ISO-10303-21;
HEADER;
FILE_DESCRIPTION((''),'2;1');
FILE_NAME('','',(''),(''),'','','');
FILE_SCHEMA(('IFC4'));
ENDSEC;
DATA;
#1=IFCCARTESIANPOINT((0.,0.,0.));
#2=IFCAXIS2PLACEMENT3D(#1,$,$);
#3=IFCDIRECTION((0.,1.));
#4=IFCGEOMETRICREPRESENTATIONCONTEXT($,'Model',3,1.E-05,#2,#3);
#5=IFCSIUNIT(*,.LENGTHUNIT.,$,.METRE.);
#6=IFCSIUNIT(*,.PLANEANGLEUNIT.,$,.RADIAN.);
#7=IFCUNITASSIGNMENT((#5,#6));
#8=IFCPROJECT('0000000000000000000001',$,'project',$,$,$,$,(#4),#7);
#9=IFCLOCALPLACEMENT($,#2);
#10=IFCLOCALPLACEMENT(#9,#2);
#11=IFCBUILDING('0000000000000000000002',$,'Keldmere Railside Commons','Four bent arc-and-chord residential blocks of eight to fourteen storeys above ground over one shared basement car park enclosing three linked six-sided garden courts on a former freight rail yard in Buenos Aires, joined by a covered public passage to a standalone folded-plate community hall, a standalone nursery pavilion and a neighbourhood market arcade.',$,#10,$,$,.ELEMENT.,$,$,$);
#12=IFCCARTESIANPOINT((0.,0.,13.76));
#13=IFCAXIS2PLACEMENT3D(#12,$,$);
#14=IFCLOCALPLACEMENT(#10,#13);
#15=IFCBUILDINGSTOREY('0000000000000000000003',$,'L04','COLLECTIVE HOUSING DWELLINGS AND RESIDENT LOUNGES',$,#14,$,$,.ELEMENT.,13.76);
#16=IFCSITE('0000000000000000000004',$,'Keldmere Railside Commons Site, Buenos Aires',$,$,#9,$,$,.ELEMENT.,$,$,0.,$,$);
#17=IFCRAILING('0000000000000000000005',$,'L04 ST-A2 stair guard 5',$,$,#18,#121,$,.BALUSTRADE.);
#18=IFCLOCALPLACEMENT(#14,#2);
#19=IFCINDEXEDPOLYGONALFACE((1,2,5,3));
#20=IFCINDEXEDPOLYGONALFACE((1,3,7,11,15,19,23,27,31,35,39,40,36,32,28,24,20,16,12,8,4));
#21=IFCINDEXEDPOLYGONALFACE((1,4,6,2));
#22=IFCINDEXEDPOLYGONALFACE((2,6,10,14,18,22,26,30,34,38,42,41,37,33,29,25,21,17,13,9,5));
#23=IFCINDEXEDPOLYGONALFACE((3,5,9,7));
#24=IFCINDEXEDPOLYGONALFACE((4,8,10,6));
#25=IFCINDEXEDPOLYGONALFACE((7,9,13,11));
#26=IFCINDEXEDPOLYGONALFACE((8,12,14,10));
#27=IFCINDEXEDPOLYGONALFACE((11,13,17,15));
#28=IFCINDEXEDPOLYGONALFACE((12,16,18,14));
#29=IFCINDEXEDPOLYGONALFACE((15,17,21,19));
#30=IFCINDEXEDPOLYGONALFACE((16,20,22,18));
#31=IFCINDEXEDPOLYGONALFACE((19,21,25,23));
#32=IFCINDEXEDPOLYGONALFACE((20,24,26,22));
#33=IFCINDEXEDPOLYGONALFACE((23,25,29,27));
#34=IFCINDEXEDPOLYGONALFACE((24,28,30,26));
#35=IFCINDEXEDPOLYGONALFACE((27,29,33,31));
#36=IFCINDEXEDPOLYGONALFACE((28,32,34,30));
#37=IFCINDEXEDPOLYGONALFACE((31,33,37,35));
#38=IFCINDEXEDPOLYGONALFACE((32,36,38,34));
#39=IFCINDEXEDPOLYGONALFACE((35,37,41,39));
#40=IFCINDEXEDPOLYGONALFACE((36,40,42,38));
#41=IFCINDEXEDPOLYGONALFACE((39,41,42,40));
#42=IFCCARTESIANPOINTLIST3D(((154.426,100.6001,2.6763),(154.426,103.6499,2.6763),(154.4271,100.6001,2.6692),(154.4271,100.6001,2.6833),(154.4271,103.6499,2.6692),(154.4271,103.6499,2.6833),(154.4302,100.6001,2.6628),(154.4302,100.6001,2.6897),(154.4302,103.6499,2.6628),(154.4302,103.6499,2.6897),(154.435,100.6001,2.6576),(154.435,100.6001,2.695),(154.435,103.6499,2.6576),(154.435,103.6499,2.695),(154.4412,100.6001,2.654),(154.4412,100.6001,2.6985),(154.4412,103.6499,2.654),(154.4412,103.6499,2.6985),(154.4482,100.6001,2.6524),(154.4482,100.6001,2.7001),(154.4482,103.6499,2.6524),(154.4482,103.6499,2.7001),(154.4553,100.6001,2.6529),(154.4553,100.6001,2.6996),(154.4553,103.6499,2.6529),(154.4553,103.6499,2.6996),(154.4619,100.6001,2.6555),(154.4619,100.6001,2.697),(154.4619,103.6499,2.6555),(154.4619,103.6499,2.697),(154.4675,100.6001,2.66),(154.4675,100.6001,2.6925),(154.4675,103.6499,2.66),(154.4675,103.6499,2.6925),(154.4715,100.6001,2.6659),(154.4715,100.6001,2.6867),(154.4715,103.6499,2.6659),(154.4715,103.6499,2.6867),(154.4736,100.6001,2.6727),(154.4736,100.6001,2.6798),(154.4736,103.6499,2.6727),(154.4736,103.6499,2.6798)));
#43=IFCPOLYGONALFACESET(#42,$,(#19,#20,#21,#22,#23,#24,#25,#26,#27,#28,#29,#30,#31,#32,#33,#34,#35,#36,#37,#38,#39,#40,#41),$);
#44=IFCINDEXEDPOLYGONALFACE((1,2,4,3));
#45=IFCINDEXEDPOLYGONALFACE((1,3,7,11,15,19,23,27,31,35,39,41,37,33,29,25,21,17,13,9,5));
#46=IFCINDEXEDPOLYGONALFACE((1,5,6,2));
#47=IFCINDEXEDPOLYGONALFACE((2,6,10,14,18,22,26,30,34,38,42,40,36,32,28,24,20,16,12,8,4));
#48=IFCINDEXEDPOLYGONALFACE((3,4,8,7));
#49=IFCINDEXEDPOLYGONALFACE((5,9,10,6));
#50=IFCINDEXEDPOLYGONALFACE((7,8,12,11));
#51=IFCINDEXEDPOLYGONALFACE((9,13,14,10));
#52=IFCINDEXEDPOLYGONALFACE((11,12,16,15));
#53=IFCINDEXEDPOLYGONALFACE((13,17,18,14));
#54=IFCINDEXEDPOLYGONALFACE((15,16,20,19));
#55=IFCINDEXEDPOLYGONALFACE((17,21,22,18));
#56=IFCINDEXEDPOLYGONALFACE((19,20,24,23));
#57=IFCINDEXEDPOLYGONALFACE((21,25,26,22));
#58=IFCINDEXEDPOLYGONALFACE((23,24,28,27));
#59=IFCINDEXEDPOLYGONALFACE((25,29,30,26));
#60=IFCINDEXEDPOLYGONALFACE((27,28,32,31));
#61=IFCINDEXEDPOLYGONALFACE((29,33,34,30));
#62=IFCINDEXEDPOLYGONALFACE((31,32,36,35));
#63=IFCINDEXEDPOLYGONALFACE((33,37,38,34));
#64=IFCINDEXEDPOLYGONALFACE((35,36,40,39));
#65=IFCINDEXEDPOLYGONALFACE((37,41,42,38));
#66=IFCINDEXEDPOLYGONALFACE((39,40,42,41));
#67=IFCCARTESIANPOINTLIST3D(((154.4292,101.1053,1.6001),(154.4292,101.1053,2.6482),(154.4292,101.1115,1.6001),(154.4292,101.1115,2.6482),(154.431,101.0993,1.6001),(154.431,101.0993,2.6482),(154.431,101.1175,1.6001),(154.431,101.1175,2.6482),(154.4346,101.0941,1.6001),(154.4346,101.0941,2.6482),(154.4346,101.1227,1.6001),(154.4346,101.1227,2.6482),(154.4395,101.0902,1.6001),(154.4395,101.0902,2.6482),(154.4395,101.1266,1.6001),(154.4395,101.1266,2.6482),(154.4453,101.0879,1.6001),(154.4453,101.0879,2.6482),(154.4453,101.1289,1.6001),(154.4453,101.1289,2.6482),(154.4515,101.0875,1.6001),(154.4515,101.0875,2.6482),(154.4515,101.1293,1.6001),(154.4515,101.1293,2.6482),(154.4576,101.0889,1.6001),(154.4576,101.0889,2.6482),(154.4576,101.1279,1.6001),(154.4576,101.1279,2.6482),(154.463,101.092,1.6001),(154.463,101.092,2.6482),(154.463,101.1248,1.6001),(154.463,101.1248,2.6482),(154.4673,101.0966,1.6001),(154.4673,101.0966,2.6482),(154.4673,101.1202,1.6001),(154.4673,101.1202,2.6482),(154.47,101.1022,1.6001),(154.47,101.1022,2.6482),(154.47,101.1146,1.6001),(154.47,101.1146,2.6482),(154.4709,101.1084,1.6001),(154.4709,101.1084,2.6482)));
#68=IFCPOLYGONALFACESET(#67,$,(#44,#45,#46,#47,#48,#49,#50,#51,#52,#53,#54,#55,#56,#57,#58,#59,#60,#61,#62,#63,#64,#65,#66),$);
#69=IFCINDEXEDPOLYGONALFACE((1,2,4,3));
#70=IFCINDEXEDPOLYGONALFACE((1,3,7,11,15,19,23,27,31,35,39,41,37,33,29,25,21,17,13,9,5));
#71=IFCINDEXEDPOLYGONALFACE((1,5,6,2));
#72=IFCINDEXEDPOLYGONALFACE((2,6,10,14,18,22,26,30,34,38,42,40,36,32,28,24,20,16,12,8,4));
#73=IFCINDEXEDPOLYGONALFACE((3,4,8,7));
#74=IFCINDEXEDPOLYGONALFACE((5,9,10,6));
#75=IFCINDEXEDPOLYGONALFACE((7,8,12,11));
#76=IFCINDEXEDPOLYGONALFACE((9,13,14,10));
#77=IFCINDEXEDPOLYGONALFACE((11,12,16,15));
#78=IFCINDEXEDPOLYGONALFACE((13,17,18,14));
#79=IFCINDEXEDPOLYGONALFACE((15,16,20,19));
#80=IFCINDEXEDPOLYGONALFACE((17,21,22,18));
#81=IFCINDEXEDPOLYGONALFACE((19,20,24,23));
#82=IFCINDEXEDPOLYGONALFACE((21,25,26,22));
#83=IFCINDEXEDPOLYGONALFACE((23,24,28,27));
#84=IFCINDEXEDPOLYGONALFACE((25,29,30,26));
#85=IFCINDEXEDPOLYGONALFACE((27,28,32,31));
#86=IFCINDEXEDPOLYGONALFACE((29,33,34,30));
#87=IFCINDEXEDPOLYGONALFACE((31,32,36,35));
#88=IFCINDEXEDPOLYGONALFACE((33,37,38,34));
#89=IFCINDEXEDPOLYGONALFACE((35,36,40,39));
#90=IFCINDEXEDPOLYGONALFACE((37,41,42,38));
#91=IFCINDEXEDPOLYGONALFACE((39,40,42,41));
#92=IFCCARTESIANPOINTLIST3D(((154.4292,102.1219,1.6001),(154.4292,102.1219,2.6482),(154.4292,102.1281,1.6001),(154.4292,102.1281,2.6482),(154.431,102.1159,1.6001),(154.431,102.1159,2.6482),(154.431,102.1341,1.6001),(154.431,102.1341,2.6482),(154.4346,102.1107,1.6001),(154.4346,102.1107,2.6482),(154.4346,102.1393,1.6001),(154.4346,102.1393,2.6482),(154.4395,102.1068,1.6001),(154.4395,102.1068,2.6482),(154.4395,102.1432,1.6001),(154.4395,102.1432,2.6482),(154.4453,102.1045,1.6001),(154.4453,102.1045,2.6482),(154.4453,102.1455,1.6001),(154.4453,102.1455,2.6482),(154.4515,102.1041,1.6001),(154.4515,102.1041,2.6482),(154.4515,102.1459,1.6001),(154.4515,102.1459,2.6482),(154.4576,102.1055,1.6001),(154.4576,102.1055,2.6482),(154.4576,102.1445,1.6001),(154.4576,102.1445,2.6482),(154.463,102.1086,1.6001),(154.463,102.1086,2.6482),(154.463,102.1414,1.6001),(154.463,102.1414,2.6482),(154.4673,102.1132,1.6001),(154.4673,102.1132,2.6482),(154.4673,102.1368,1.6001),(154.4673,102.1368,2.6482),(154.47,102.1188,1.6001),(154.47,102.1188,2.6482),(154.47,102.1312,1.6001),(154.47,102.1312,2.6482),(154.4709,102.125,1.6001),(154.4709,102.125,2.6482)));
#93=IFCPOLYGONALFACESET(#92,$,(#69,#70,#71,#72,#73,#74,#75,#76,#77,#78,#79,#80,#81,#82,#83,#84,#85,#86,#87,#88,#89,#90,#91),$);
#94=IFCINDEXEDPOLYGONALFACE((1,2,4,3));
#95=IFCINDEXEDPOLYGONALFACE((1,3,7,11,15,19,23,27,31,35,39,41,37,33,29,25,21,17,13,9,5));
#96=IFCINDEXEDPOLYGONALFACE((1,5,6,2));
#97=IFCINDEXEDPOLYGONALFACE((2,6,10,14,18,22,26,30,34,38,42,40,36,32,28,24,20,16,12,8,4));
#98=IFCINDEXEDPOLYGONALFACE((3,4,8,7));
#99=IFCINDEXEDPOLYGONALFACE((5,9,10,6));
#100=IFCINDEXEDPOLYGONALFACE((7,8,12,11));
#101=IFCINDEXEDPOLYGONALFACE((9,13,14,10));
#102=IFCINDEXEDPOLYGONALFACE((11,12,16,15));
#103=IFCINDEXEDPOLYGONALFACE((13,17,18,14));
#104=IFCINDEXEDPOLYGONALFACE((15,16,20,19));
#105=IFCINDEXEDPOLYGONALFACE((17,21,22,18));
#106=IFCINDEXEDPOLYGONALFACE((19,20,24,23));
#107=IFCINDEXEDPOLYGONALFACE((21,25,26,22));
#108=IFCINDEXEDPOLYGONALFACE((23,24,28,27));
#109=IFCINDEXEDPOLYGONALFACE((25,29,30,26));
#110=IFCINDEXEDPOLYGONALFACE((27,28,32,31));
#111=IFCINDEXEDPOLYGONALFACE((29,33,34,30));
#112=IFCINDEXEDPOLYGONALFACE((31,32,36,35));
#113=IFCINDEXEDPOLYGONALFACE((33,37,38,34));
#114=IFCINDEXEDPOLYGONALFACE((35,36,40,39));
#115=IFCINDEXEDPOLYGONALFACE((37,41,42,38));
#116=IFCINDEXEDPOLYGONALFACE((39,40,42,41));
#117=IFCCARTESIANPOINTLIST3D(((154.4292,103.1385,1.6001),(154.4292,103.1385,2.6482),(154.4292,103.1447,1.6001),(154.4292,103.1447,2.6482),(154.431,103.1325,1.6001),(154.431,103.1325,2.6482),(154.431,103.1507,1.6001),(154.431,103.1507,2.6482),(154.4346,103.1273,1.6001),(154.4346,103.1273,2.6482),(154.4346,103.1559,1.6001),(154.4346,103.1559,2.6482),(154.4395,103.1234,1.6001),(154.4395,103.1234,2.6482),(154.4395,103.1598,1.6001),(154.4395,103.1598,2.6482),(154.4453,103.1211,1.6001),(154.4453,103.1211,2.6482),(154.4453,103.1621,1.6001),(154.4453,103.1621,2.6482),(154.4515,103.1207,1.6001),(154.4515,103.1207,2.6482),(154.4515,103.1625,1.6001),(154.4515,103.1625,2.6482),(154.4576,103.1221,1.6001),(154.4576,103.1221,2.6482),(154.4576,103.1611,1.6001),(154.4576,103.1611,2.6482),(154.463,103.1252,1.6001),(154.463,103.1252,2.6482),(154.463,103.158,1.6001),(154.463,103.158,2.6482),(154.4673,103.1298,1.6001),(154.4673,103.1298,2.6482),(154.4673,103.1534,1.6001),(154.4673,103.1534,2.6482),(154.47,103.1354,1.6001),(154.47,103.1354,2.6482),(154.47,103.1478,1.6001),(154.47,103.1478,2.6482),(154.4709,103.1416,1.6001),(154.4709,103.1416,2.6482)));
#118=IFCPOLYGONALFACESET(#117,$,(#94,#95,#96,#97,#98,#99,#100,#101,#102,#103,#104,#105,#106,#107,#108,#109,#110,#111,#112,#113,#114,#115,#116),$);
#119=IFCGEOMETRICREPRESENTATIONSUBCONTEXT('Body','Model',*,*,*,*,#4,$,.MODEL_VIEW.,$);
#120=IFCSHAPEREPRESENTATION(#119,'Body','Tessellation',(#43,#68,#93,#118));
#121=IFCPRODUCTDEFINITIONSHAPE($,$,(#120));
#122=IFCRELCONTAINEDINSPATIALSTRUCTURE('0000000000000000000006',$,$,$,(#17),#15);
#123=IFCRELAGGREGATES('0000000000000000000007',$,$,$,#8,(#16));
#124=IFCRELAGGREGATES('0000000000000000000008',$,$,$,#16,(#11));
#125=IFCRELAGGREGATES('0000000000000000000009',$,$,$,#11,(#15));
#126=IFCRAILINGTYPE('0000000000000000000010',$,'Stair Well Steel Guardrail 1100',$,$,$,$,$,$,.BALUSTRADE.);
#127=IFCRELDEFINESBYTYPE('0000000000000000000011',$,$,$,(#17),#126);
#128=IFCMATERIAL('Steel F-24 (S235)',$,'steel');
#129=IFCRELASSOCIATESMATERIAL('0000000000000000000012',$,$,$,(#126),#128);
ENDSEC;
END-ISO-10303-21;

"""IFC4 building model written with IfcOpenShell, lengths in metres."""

from ifc_helpers import new_model, si_unit, direction, frame, origin, origin_2d, place, context, subcontext, project, spatial, circle, extrude, material, type_object, element, save


model = new_model("IFC4")

# Units and contexts
model_context = context("Model", 3, precision=1e-05, world=origin(), true_north=direction((0.0, 1.0)))
body_context = subcontext(model_context, "Body", "Model", "MODEL_VIEW")
ifc_project = project(units=[si_unit("LENGTHUNIT", "METRE"), si_unit("PLANEANGLEUNIT", "RADIAN")], contexts=[model_context])

# Site, building, storey
site_placement = place(None, origin())
site = spatial("IfcSite", under=ifc_project, at=site_placement, Name="Keldmere Railside Commons Site, Buenos Aires", CompositionType="ELEMENT", RefElevation=0.0)
building_placement = place(site_placement, origin())
building = spatial("IfcBuilding", under=site, at=building_placement, Name="Keldmere Railside Commons", Description="Four bent arc-and-chord residential blocks of eight to fourteen storeys above ground over one shared basement car park enclosing three linked six-sided garden courts on a former freight rail yard in Buenos Aires, joined by a covered public passage to a standalone folded-plate community hall, a standalone nursery pavilion and a neighbourhood market arcade.", CompositionType="ELEMENT")
storey_placement = place(building_placement, frame((0.0, 0.0, 13.76)))
storey = spatial("IfcBuildingStorey", under=building, at=storey_placement, Name="L04", Description="COLLECTIVE HOUSING DWELLINGS AND RESIDENT LOUNGES", CompositionType="ELEMENT", Elevation=13.76)

# Shared definitions
ifc_material_1 = material(Name="Steel F-24 (S235)", Category="steel")

# Railing
railing_type_1 = type_object("IfcRailingType", Name="Stair Well Steel Guardrail 1100", PredefinedType="BALUSTRADE", material=ifc_material_1)
railing_1_placement = place(storey_placement, frame((154.45, 100.6001, 1.6001)))
element("IfcRailing", 1, at=railing_1_placement, inside=storey, type_object=railing_type_1, Name="L04 ST-A2 stair guard 5", PredefinedType="BALUSTRADE", context=body_context, shape_type="SweptSolid", body=[
    extrude(circle(Radius=0.0239, at=origin_2d()), frame((0.0, 0.0, 1.0762), z_axis=(0.0, 1.0, 0.0), x_axis=(-1.0, 0.0, 0.0)), (0.0, 0.0, 1.0), 3.0498),
    extrude(circle(Radius=0.021, at=origin_2d()), frame((0.0, 0.5083, 0.0)), (0.0, 0.0, 1.0), 1.0481),
    extrude(circle(Radius=0.021, at=origin_2d()), frame((0.0, 1.5249, 0.0)), (0.0, 0.0, 1.0), 1.0481),
    extrude(circle(Radius=0.021, at=origin_2d()), frame((0.0, 2.5415, 0.0)), (0.0, 0.0, 1.0), 1.0481),
])

save(model, "model.ifc")
